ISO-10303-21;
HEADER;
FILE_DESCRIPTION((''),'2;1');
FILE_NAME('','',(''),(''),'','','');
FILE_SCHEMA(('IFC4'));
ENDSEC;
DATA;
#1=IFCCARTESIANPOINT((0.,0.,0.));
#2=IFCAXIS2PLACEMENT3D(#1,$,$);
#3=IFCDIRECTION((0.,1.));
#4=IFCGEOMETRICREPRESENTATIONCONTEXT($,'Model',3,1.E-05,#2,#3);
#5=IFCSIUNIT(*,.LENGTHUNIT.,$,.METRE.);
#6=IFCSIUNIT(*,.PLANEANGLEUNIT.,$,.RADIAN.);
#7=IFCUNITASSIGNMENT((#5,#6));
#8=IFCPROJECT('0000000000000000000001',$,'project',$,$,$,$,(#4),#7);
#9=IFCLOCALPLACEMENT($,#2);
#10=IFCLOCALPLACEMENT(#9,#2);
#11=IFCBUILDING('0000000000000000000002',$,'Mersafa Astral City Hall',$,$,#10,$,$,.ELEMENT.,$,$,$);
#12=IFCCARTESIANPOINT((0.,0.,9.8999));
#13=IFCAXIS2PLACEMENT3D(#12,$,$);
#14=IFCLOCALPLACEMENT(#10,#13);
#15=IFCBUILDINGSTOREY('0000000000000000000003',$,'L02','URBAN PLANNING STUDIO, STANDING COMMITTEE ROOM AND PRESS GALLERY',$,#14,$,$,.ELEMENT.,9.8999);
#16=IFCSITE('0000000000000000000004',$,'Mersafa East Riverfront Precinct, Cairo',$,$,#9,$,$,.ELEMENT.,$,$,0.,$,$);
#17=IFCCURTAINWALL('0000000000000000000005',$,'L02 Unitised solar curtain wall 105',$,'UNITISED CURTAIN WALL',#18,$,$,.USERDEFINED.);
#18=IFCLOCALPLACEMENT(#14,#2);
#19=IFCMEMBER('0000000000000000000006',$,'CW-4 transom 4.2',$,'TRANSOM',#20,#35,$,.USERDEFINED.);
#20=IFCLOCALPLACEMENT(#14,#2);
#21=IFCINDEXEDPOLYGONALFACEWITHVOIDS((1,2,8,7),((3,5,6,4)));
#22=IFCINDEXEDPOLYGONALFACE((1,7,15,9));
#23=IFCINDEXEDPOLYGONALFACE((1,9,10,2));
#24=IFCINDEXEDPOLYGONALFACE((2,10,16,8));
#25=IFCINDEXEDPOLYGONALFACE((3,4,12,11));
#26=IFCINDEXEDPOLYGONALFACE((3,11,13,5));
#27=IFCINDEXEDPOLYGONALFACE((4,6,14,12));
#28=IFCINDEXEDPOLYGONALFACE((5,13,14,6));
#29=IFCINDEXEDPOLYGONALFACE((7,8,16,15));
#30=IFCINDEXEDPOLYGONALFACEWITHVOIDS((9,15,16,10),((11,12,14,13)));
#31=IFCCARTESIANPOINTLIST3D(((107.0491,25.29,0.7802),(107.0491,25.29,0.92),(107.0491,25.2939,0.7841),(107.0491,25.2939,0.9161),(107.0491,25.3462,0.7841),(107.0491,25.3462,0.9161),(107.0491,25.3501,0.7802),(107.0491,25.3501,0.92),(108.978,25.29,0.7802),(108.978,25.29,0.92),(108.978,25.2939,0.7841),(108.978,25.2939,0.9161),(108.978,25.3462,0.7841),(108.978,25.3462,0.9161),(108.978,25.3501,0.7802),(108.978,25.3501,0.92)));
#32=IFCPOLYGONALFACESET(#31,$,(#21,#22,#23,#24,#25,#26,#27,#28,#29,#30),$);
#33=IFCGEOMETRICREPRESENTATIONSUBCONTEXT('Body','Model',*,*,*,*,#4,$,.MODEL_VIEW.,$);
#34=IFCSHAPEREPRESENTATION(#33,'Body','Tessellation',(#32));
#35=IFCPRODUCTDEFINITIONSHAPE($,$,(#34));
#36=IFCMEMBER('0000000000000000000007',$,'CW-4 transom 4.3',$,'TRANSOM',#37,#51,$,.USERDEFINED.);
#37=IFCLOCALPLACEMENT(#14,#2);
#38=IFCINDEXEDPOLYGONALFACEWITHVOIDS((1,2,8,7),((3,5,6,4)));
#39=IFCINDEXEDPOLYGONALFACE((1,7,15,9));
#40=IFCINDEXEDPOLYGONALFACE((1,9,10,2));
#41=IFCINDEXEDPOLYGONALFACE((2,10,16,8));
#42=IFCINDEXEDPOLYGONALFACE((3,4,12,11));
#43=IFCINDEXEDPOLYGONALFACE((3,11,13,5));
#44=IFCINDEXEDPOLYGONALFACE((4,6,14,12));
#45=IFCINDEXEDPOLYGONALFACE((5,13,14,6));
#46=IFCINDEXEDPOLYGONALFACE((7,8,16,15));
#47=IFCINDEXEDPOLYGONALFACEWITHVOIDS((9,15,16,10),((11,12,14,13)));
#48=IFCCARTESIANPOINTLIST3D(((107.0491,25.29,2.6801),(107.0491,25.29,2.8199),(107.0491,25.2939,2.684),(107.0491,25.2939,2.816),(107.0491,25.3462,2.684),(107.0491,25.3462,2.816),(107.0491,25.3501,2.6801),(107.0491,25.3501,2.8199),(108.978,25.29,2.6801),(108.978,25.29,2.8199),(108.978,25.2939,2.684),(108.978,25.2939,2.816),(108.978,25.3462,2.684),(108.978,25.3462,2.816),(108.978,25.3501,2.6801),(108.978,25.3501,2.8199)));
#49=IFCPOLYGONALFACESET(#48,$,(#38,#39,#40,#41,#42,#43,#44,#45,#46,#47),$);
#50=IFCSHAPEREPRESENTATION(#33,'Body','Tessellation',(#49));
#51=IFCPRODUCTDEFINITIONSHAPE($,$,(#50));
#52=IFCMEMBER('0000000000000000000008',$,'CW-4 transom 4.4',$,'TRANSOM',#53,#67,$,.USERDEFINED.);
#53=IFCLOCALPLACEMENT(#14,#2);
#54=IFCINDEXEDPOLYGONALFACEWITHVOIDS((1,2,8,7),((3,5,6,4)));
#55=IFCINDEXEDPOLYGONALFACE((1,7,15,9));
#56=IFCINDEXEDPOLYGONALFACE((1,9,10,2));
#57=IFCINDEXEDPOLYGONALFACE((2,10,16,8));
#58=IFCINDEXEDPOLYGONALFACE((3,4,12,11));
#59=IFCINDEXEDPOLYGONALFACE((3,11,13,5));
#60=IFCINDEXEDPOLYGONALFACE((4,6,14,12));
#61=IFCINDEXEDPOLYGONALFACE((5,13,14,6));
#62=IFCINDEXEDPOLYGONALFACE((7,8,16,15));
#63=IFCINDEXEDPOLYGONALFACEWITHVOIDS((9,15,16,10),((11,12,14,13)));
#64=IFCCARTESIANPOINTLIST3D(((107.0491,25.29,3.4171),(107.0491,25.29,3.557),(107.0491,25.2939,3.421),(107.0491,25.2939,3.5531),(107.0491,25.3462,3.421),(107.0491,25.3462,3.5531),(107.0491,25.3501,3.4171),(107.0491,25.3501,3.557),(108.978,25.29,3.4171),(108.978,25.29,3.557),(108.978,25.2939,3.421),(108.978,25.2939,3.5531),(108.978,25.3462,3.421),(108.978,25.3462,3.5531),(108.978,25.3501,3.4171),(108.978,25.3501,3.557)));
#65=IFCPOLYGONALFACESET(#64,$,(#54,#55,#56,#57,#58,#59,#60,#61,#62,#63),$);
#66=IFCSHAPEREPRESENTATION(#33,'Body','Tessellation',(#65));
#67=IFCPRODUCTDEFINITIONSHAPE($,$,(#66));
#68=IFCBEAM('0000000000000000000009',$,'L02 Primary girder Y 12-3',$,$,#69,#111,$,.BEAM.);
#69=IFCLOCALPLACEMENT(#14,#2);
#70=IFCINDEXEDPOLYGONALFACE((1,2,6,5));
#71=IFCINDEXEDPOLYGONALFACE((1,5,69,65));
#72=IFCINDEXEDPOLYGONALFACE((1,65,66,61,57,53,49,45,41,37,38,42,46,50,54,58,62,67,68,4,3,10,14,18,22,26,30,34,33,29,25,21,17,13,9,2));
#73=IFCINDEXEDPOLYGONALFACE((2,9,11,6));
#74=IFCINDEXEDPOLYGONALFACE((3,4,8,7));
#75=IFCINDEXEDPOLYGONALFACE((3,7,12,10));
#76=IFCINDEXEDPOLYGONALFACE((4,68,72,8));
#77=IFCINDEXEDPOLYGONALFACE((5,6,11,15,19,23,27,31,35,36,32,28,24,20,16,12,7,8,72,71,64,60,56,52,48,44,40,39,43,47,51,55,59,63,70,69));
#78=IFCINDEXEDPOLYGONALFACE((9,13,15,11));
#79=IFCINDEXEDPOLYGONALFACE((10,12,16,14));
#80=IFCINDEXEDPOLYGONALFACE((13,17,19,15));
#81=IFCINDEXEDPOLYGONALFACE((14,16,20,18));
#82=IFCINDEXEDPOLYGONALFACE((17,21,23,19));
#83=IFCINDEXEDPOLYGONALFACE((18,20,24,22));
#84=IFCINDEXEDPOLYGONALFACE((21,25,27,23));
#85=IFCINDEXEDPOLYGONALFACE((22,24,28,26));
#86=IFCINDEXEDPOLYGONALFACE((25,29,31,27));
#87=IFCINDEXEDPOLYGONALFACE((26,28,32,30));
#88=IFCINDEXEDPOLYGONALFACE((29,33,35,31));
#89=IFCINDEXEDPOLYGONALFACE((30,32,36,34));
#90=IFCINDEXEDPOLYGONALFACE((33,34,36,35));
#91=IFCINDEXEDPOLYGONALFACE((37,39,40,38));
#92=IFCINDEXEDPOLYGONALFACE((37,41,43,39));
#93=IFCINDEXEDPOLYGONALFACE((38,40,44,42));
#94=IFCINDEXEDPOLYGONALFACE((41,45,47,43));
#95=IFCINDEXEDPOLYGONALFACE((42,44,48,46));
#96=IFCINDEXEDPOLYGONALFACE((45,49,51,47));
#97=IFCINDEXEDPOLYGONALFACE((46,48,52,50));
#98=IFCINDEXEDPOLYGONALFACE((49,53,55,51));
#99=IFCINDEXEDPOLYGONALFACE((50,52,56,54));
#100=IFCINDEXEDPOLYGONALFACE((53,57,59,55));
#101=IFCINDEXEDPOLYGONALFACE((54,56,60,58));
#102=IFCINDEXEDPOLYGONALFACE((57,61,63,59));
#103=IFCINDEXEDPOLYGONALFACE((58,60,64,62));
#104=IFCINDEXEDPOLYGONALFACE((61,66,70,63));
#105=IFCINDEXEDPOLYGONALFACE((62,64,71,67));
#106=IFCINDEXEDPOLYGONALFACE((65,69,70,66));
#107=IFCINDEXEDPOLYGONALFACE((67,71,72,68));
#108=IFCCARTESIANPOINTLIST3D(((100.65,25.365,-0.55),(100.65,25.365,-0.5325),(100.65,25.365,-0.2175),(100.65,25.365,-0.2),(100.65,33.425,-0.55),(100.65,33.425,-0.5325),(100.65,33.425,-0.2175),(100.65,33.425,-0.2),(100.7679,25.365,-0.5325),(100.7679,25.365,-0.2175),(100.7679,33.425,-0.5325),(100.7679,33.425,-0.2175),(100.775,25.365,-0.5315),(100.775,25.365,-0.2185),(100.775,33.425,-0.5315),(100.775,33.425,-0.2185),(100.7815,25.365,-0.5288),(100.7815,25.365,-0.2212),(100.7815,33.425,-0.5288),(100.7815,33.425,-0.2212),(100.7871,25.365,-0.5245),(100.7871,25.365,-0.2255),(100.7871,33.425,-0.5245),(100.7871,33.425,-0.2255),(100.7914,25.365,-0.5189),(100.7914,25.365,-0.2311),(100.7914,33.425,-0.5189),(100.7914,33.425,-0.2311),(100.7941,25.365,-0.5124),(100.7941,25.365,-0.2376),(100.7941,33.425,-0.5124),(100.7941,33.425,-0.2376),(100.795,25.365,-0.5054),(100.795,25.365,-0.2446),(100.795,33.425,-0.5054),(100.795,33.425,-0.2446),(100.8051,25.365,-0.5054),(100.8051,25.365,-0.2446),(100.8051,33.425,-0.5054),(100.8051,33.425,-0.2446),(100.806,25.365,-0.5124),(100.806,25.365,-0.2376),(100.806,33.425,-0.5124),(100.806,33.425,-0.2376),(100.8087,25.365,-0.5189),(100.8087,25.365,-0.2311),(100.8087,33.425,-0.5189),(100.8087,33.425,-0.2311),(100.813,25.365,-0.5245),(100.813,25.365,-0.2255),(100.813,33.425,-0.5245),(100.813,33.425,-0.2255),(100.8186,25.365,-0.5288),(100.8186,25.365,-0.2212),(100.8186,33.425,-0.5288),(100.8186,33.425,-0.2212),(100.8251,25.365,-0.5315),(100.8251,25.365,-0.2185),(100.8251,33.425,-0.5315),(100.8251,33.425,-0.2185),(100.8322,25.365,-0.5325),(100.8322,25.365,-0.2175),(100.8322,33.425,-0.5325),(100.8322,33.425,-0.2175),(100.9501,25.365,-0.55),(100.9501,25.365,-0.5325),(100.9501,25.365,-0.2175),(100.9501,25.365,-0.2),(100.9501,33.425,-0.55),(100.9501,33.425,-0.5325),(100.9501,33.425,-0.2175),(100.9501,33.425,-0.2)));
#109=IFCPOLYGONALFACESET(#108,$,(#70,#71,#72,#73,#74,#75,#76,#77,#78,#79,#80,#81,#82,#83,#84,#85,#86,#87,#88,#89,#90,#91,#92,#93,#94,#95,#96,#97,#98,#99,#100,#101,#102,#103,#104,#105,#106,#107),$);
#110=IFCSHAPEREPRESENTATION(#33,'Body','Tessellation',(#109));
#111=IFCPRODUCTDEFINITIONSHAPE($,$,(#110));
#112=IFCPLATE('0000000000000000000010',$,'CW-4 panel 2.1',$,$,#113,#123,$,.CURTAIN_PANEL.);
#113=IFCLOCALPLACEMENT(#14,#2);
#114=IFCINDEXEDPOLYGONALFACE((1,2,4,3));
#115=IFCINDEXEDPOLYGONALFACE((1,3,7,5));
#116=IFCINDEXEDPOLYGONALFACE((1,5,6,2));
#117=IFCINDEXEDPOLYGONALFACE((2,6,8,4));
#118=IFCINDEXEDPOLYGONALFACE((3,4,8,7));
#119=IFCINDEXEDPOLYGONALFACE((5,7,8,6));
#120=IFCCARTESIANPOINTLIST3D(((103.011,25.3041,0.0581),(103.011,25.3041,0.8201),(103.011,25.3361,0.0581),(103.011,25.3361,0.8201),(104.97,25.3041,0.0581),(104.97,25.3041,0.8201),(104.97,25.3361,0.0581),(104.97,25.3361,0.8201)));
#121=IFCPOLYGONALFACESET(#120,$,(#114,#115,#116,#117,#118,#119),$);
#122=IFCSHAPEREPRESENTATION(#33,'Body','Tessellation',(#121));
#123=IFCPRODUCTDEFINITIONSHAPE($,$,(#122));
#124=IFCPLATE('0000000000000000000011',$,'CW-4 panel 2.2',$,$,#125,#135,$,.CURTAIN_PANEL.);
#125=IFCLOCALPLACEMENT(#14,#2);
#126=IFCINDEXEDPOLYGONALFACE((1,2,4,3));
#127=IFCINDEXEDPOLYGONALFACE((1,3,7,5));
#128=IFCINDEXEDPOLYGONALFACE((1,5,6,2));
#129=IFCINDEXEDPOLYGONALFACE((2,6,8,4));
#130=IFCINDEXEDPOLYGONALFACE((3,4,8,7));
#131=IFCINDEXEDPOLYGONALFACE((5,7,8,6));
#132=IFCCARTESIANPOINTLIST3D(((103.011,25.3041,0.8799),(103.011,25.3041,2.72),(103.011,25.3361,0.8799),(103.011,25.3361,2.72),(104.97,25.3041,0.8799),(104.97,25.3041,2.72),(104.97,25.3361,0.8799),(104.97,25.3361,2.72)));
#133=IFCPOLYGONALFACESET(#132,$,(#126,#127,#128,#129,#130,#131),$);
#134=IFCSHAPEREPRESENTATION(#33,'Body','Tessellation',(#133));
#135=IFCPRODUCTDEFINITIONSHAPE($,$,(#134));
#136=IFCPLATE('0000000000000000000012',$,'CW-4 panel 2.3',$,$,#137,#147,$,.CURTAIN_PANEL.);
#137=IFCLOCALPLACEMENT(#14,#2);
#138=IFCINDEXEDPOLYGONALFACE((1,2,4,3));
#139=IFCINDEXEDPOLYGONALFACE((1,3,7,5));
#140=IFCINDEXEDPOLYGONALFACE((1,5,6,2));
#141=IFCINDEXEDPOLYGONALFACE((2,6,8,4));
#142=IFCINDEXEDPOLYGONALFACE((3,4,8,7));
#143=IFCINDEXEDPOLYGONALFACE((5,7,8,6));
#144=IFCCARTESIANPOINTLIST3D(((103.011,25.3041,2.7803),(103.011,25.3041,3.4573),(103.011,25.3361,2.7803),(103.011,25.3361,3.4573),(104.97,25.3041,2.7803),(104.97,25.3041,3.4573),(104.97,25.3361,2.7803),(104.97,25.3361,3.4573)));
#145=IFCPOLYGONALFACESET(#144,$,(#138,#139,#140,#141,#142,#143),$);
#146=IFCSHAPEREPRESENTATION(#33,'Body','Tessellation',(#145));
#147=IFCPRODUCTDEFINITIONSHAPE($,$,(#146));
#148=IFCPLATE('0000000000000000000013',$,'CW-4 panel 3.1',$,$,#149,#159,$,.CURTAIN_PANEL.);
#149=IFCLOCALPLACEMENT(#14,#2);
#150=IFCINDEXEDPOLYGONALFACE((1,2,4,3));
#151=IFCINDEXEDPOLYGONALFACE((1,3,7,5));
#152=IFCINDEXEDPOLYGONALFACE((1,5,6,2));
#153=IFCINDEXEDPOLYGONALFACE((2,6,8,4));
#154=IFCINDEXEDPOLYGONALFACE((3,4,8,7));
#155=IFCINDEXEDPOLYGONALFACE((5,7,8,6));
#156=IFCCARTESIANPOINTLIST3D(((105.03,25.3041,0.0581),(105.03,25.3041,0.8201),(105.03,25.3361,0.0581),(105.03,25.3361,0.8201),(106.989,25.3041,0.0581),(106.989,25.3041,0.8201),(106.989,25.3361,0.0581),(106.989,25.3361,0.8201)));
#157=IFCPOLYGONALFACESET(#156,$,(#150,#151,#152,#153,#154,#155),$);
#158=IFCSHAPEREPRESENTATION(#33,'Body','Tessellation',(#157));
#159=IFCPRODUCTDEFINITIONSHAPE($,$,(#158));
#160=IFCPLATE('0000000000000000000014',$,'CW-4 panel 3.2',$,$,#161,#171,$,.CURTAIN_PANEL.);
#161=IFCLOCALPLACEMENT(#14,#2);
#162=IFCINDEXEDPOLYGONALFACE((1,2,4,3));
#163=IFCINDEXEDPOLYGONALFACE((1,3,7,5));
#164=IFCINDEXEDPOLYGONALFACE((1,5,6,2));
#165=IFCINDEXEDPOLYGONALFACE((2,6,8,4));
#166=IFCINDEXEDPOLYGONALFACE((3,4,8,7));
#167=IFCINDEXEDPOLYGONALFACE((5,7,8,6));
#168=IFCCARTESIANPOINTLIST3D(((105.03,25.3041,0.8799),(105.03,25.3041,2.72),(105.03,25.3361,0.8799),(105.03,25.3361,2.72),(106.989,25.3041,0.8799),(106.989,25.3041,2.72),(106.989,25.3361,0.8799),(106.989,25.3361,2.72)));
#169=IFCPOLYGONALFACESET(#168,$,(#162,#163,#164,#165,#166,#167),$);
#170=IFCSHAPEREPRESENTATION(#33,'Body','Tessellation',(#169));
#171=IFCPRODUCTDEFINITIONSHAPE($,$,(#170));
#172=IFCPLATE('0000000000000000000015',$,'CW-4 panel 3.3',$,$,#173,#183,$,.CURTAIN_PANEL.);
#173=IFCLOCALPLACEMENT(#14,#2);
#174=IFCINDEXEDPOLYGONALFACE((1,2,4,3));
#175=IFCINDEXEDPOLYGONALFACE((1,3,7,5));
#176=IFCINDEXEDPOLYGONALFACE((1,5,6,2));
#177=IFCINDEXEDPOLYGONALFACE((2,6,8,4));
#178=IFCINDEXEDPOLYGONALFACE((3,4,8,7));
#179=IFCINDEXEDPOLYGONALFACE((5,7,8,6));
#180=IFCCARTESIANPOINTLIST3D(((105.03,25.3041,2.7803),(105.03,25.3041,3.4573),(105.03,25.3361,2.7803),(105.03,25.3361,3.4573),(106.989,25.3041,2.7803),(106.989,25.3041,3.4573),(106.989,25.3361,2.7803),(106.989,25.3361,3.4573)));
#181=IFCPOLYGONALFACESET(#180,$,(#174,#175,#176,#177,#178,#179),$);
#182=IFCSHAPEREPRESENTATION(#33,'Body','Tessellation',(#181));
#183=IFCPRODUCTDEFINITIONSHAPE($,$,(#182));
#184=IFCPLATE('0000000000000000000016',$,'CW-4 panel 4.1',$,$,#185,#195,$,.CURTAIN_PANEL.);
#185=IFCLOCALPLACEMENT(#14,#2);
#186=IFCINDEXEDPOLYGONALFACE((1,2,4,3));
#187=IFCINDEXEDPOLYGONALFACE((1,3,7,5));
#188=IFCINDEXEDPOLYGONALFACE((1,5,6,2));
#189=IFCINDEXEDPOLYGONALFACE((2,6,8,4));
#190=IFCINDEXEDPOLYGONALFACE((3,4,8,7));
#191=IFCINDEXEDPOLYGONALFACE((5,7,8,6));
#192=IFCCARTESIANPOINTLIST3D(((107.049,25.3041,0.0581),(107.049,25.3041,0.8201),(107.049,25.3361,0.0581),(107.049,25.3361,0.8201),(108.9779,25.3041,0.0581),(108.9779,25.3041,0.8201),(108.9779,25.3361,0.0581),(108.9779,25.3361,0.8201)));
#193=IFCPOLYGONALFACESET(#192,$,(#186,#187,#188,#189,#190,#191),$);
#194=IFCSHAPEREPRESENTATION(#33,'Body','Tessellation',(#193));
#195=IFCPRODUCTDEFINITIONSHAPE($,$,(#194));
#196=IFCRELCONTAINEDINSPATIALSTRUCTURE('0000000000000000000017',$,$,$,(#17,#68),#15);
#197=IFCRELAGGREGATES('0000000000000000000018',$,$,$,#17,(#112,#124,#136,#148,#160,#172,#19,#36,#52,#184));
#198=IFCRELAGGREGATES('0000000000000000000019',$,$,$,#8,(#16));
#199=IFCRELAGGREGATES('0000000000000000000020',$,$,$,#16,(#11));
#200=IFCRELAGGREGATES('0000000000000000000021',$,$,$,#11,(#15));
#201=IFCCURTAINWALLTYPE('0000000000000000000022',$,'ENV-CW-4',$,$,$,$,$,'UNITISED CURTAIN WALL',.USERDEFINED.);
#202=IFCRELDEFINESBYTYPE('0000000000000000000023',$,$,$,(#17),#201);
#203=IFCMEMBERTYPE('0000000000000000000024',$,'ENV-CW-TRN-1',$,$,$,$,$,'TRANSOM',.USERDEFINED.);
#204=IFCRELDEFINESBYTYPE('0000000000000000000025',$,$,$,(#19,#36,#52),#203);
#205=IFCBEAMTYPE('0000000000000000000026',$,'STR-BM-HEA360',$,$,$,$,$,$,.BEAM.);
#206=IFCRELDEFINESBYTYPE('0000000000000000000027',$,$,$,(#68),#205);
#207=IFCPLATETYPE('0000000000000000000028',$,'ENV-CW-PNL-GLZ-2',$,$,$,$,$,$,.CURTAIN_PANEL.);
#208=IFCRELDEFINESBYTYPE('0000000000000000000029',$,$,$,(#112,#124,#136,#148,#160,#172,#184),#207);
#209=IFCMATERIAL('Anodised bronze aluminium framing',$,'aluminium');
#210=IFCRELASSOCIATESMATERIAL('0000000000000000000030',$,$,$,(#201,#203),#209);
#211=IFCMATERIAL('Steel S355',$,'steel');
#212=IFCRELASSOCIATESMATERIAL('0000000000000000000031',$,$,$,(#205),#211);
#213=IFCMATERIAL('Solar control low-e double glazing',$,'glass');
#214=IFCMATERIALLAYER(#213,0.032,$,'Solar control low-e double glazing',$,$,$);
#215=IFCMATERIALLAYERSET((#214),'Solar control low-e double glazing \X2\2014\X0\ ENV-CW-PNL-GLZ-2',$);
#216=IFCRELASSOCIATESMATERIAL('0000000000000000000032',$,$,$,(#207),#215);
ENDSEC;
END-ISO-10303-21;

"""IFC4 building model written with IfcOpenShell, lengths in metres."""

from ifc_helpers import new_model, si_unit, direction, frame, origin, origin_2d, place, context, subcontext, project, spatial, rectangle, hollow_rectangle, i_section, extrude, material, layer, layer_set, material_profile, profile_set, type_object, element, aggregate, save


model = new_model("IFC4")

# Units and contexts
model_context = context("Model", 3, precision=1e-05, world=origin(), true_north=direction((0.0, 1.0)))
body_context = subcontext(model_context, "Body", "Model", "MODEL_VIEW")
ifc_project = project(units=[si_unit("LENGTHUNIT", "METRE"), si_unit("PLANEANGLEUNIT", "RADIAN")], contexts=[model_context])

# Site, building, storey
site_placement = place(None, origin())
site = spatial("IfcSite", under=ifc_project, at=site_placement, Name="Mersafa East Riverfront Precinct, Cairo", CompositionType="ELEMENT", RefElevation=0.0)
building_placement = place(site_placement, origin())
building = spatial("IfcBuilding", under=site, at=building_placement, Name="Mersafa Astral City Hall", CompositionType="ELEMENT")
storey_placement = place(building_placement, frame((0.0, 0.0, 9.8999)))
storey = spatial("IfcBuildingStorey", under=building, at=storey_placement, Name="L02", Description="URBAN PLANNING STUDIO, STANDING COMMITTEE ROOM AND PRESS GALLERY", CompositionType="ELEMENT", Elevation=9.8999)

# Curtain wall, members
ifc_material_1 = material(Name="Anodised bronze aluminium framing", Category="aluminium")
curtain_wall_type = type_object("IfcCurtainWallType", Name="ENV-CW-4", ElementType="UNITISED CURTAIN WALL", PredefinedType="USERDEFINED", material=ifc_material_1)
curtain_wall_placement = place(storey_placement, origin())
curtain_wall = element("IfcCurtainWall", 1, at=curtain_wall_placement, inside=storey, type_object=curtain_wall_type, Name="L02 Unitised solar curtain wall 105", ObjectType="UNITISED CURTAIN WALL", PredefinedType="USERDEFINED")
ifc_material_profile_1 = material_profile(ifc_material_1, hollow_rectangle(XDim=0.0601, YDim=0.1399, WallThickness=0.0039, at=origin_2d()), Name="RHS 60x140x4")
ifc_profile_set_1 = profile_set([ifc_material_profile_1], Name="Anodised bronze aluminium framing")
member_type_1 = type_object("IfcMemberType", Name="ENV-CW-TRN-1", ElementType="TRANSOM", PredefinedType="USERDEFINED", material=ifc_profile_set_1)
member_1_placement = place(storey_placement, frame((107.0491, 25.3201, 0.8501), z_axis=(1.0, 0.0, 0.0), x_axis=(0.0, 1.0, 0.0)))
member_1 = element("IfcMember", 2, at=member_1_placement, type_object=member_type_1, Name="CW-4 transom 4.2", ObjectType="TRANSOM", PredefinedType="USERDEFINED", context=body_context, shape_type="SweptSolid", body=[
    extrude(hollow_rectangle(XDim=0.0601, YDim=0.1399, WallThickness=0.0039, at=origin_2d()), origin(), (0.0, 0.0, 1.0), 1.929),
])
member_2_placement = place(storey_placement, frame((107.0491, 25.3201, 2.75), z_axis=(1.0, 0.0, 0.0), x_axis=(0.0, 1.0, 0.0)))
member_2 = element("IfcMember", 3, at=member_2_placement, type_object=member_type_1, Name="CW-4 transom 4.3", ObjectType="TRANSOM", PredefinedType="USERDEFINED", context=body_context, shape_type="SweptSolid", body=[
    extrude(hollow_rectangle(XDim=0.0601, YDim=0.1399, WallThickness=0.0039, at=origin_2d()), origin(), (0.0, 0.0, 1.0), 1.929),
])
member_3_placement = place(storey_placement, frame((107.0491, 25.3201, 3.4871), z_axis=(1.0, 0.0, 0.0), x_axis=(0.0, 1.0, 0.0)))
member_3 = element("IfcMember", 4, at=member_3_placement, type_object=member_type_1, Name="CW-4 transom 4.4", ObjectType="TRANSOM", PredefinedType="USERDEFINED", context=body_context, shape_type="SweptSolid", body=[
    extrude(hollow_rectangle(XDim=0.0601, YDim=0.1399, WallThickness=0.0039, at=origin_2d()), origin(), (0.0, 0.0, 1.0), 1.929),
])

# Beam
ifc_material_2 = material(Name="Steel S355", Category="steel")
ifc_material_profile_2 = material_profile(ifc_material_2, i_section(OverallWidth=0.3, OverallDepth=0.3501, WebThickness=0.01, FlangeThickness=0.0176, FilletRadius=0.0271, at=origin_2d()), Name="HEA 360")
ifc_profile_set_2 = profile_set([ifc_material_profile_2], Name="Steel S355")
beam_type = type_object("IfcBeamType", Name="STR-BM-HEA360", PredefinedType="BEAM", material=ifc_profile_set_2)
beam_placement = place(storey_placement, frame((100.8, 25.365, -0.375), z_axis=(0.0, 1.0, 0.0), x_axis=(-1.0, 0.0, 0.0)))
element("IfcBeam", 5, at=beam_placement, inside=storey, type_object=beam_type, Name="L02 Primary girder Y 12-3", PredefinedType="BEAM", context=body_context, shape_type="SweptSolid", body=[
    extrude(i_section(OverallWidth=0.3, OverallDepth=0.3501, WebThickness=0.01, FlangeThickness=0.0176, FilletRadius=0.0271, at=origin_2d()), origin(), (0.0, 0.0, 1.0), 8.0601),
])

# Plates
ifc_material_3 = material(Name="Solar control low-e double glazing", Category="glass")
ifc_layer = layer(ifc_material_3, 0.032, Name="Solar control low-e double glazing")
ifc_layer_set = layer_set([ifc_layer], Name="Solar control low-e double glazing — ENV-CW-PNL-GLZ-2")
plate_type = type_object("IfcPlateType", Name="ENV-CW-PNL-GLZ-2", PredefinedType="CURTAIN_PANEL", material=ifc_layer_set)
plate_1_placement = place(storey_placement, frame((103.9905, 25.3201, 0.0581), z_axis=(0.0, 0.0, 1.0), x_axis=(1.0, 0.0, 0.0)))
plate_1 = element("IfcPlate", 6, at=plate_1_placement, type_object=plate_type, Name="CW-4 panel 2.1", PredefinedType="CURTAIN_PANEL", context=body_context, shape_type="SweptSolid", body=[
    extrude(rectangle(XDim=1.959, YDim=0.032, at=origin_2d()), origin(), (0.0, 0.0, 1.0), 0.762),
])
plate_2_placement = place(storey_placement, frame((103.9905, 25.3201, 0.8799), z_axis=(0.0, 0.0, 1.0), x_axis=(1.0, 0.0, 0.0)))
plate_2 = element("IfcPlate", 7, at=plate_2_placement, type_object=plate_type, Name="CW-4 panel 2.2", PredefinedType="CURTAIN_PANEL", context=body_context, shape_type="SweptSolid", body=[
    extrude(rectangle(XDim=1.959, YDim=0.032, at=origin_2d()), origin(), (0.0, 0.0, 1.0), 1.8401),
])
plate_3_placement = place(storey_placement, frame((103.9905, 25.3201, 2.7803), z_axis=(0.0, 0.0, 1.0), x_axis=(1.0, 0.0, 0.0)))
plate_3 = element("IfcPlate", 8, at=plate_3_placement, type_object=plate_type, Name="CW-4 panel 2.3", PredefinedType="CURTAIN_PANEL", context=body_context, shape_type="SweptSolid", body=[
    extrude(rectangle(XDim=1.959, YDim=0.032, at=origin_2d()), origin(), (0.0, 0.0, 1.0), 0.677),
])
plate_4_placement = place(storey_placement, frame((106.0095, 25.3201, 0.0581), z_axis=(0.0, 0.0, 1.0), x_axis=(1.0, 0.0, 0.0)))
plate_4 = element("IfcPlate", 9, at=plate_4_placement, type_object=plate_type, Name="CW-4 panel 3.1", PredefinedType="CURTAIN_PANEL", context=body_context, shape_type="SweptSolid", body=[
    extrude(rectangle(XDim=1.959, YDim=0.032, at=origin_2d()), origin(), (0.0, 0.0, 1.0), 0.762),
])
plate_5_placement = place(storey_placement, frame((106.0095, 25.3201, 0.8799), z_axis=(0.0, 0.0, 1.0), x_axis=(1.0, 0.0, 0.0)))
plate_5 = element("IfcPlate", 10, at=plate_5_placement, type_object=plate_type, Name="CW-4 panel 3.2", PredefinedType="CURTAIN_PANEL", context=body_context, shape_type="SweptSolid", body=[
    extrude(rectangle(XDim=1.959, YDim=0.032, at=origin_2d()), origin(), (0.0, 0.0, 1.0), 1.8401),
])
plate_6_placement = place(storey_placement, frame((106.0095, 25.3201, 2.7803), z_axis=(0.0, 0.0, 1.0), x_axis=(1.0, 0.0, 0.0)))
plate_6 = element("IfcPlate", 11, at=plate_6_placement, type_object=plate_type, Name="CW-4 panel 3.3", PredefinedType="CURTAIN_PANEL", context=body_context, shape_type="SweptSolid", body=[
    extrude(rectangle(XDim=1.959, YDim=0.032, at=origin_2d()), origin(), (0.0, 0.0, 1.0), 0.677),
])
plate_7_placement = place(storey_placement, frame((108.0134, 25.3201, 0.0581), z_axis=(0.0, 0.0, 1.0), x_axis=(1.0, 0.0, 0.0)))
plate_7 = element("IfcPlate", 12, at=plate_7_placement, type_object=plate_type, Name="CW-4 panel 4.1", PredefinedType="CURTAIN_PANEL", context=body_context, shape_type="SweptSolid", body=[
    extrude(rectangle(XDim=1.929, YDim=0.032, at=origin_2d()), origin(), (0.0, 0.0, 1.0), 0.762),
])
aggregate(curtain_wall, [plate_1, plate_2, plate_3, plate_4, plate_5, plate_6, member_1, member_2, member_3, plate_7])

save(model, "model.ifc")
